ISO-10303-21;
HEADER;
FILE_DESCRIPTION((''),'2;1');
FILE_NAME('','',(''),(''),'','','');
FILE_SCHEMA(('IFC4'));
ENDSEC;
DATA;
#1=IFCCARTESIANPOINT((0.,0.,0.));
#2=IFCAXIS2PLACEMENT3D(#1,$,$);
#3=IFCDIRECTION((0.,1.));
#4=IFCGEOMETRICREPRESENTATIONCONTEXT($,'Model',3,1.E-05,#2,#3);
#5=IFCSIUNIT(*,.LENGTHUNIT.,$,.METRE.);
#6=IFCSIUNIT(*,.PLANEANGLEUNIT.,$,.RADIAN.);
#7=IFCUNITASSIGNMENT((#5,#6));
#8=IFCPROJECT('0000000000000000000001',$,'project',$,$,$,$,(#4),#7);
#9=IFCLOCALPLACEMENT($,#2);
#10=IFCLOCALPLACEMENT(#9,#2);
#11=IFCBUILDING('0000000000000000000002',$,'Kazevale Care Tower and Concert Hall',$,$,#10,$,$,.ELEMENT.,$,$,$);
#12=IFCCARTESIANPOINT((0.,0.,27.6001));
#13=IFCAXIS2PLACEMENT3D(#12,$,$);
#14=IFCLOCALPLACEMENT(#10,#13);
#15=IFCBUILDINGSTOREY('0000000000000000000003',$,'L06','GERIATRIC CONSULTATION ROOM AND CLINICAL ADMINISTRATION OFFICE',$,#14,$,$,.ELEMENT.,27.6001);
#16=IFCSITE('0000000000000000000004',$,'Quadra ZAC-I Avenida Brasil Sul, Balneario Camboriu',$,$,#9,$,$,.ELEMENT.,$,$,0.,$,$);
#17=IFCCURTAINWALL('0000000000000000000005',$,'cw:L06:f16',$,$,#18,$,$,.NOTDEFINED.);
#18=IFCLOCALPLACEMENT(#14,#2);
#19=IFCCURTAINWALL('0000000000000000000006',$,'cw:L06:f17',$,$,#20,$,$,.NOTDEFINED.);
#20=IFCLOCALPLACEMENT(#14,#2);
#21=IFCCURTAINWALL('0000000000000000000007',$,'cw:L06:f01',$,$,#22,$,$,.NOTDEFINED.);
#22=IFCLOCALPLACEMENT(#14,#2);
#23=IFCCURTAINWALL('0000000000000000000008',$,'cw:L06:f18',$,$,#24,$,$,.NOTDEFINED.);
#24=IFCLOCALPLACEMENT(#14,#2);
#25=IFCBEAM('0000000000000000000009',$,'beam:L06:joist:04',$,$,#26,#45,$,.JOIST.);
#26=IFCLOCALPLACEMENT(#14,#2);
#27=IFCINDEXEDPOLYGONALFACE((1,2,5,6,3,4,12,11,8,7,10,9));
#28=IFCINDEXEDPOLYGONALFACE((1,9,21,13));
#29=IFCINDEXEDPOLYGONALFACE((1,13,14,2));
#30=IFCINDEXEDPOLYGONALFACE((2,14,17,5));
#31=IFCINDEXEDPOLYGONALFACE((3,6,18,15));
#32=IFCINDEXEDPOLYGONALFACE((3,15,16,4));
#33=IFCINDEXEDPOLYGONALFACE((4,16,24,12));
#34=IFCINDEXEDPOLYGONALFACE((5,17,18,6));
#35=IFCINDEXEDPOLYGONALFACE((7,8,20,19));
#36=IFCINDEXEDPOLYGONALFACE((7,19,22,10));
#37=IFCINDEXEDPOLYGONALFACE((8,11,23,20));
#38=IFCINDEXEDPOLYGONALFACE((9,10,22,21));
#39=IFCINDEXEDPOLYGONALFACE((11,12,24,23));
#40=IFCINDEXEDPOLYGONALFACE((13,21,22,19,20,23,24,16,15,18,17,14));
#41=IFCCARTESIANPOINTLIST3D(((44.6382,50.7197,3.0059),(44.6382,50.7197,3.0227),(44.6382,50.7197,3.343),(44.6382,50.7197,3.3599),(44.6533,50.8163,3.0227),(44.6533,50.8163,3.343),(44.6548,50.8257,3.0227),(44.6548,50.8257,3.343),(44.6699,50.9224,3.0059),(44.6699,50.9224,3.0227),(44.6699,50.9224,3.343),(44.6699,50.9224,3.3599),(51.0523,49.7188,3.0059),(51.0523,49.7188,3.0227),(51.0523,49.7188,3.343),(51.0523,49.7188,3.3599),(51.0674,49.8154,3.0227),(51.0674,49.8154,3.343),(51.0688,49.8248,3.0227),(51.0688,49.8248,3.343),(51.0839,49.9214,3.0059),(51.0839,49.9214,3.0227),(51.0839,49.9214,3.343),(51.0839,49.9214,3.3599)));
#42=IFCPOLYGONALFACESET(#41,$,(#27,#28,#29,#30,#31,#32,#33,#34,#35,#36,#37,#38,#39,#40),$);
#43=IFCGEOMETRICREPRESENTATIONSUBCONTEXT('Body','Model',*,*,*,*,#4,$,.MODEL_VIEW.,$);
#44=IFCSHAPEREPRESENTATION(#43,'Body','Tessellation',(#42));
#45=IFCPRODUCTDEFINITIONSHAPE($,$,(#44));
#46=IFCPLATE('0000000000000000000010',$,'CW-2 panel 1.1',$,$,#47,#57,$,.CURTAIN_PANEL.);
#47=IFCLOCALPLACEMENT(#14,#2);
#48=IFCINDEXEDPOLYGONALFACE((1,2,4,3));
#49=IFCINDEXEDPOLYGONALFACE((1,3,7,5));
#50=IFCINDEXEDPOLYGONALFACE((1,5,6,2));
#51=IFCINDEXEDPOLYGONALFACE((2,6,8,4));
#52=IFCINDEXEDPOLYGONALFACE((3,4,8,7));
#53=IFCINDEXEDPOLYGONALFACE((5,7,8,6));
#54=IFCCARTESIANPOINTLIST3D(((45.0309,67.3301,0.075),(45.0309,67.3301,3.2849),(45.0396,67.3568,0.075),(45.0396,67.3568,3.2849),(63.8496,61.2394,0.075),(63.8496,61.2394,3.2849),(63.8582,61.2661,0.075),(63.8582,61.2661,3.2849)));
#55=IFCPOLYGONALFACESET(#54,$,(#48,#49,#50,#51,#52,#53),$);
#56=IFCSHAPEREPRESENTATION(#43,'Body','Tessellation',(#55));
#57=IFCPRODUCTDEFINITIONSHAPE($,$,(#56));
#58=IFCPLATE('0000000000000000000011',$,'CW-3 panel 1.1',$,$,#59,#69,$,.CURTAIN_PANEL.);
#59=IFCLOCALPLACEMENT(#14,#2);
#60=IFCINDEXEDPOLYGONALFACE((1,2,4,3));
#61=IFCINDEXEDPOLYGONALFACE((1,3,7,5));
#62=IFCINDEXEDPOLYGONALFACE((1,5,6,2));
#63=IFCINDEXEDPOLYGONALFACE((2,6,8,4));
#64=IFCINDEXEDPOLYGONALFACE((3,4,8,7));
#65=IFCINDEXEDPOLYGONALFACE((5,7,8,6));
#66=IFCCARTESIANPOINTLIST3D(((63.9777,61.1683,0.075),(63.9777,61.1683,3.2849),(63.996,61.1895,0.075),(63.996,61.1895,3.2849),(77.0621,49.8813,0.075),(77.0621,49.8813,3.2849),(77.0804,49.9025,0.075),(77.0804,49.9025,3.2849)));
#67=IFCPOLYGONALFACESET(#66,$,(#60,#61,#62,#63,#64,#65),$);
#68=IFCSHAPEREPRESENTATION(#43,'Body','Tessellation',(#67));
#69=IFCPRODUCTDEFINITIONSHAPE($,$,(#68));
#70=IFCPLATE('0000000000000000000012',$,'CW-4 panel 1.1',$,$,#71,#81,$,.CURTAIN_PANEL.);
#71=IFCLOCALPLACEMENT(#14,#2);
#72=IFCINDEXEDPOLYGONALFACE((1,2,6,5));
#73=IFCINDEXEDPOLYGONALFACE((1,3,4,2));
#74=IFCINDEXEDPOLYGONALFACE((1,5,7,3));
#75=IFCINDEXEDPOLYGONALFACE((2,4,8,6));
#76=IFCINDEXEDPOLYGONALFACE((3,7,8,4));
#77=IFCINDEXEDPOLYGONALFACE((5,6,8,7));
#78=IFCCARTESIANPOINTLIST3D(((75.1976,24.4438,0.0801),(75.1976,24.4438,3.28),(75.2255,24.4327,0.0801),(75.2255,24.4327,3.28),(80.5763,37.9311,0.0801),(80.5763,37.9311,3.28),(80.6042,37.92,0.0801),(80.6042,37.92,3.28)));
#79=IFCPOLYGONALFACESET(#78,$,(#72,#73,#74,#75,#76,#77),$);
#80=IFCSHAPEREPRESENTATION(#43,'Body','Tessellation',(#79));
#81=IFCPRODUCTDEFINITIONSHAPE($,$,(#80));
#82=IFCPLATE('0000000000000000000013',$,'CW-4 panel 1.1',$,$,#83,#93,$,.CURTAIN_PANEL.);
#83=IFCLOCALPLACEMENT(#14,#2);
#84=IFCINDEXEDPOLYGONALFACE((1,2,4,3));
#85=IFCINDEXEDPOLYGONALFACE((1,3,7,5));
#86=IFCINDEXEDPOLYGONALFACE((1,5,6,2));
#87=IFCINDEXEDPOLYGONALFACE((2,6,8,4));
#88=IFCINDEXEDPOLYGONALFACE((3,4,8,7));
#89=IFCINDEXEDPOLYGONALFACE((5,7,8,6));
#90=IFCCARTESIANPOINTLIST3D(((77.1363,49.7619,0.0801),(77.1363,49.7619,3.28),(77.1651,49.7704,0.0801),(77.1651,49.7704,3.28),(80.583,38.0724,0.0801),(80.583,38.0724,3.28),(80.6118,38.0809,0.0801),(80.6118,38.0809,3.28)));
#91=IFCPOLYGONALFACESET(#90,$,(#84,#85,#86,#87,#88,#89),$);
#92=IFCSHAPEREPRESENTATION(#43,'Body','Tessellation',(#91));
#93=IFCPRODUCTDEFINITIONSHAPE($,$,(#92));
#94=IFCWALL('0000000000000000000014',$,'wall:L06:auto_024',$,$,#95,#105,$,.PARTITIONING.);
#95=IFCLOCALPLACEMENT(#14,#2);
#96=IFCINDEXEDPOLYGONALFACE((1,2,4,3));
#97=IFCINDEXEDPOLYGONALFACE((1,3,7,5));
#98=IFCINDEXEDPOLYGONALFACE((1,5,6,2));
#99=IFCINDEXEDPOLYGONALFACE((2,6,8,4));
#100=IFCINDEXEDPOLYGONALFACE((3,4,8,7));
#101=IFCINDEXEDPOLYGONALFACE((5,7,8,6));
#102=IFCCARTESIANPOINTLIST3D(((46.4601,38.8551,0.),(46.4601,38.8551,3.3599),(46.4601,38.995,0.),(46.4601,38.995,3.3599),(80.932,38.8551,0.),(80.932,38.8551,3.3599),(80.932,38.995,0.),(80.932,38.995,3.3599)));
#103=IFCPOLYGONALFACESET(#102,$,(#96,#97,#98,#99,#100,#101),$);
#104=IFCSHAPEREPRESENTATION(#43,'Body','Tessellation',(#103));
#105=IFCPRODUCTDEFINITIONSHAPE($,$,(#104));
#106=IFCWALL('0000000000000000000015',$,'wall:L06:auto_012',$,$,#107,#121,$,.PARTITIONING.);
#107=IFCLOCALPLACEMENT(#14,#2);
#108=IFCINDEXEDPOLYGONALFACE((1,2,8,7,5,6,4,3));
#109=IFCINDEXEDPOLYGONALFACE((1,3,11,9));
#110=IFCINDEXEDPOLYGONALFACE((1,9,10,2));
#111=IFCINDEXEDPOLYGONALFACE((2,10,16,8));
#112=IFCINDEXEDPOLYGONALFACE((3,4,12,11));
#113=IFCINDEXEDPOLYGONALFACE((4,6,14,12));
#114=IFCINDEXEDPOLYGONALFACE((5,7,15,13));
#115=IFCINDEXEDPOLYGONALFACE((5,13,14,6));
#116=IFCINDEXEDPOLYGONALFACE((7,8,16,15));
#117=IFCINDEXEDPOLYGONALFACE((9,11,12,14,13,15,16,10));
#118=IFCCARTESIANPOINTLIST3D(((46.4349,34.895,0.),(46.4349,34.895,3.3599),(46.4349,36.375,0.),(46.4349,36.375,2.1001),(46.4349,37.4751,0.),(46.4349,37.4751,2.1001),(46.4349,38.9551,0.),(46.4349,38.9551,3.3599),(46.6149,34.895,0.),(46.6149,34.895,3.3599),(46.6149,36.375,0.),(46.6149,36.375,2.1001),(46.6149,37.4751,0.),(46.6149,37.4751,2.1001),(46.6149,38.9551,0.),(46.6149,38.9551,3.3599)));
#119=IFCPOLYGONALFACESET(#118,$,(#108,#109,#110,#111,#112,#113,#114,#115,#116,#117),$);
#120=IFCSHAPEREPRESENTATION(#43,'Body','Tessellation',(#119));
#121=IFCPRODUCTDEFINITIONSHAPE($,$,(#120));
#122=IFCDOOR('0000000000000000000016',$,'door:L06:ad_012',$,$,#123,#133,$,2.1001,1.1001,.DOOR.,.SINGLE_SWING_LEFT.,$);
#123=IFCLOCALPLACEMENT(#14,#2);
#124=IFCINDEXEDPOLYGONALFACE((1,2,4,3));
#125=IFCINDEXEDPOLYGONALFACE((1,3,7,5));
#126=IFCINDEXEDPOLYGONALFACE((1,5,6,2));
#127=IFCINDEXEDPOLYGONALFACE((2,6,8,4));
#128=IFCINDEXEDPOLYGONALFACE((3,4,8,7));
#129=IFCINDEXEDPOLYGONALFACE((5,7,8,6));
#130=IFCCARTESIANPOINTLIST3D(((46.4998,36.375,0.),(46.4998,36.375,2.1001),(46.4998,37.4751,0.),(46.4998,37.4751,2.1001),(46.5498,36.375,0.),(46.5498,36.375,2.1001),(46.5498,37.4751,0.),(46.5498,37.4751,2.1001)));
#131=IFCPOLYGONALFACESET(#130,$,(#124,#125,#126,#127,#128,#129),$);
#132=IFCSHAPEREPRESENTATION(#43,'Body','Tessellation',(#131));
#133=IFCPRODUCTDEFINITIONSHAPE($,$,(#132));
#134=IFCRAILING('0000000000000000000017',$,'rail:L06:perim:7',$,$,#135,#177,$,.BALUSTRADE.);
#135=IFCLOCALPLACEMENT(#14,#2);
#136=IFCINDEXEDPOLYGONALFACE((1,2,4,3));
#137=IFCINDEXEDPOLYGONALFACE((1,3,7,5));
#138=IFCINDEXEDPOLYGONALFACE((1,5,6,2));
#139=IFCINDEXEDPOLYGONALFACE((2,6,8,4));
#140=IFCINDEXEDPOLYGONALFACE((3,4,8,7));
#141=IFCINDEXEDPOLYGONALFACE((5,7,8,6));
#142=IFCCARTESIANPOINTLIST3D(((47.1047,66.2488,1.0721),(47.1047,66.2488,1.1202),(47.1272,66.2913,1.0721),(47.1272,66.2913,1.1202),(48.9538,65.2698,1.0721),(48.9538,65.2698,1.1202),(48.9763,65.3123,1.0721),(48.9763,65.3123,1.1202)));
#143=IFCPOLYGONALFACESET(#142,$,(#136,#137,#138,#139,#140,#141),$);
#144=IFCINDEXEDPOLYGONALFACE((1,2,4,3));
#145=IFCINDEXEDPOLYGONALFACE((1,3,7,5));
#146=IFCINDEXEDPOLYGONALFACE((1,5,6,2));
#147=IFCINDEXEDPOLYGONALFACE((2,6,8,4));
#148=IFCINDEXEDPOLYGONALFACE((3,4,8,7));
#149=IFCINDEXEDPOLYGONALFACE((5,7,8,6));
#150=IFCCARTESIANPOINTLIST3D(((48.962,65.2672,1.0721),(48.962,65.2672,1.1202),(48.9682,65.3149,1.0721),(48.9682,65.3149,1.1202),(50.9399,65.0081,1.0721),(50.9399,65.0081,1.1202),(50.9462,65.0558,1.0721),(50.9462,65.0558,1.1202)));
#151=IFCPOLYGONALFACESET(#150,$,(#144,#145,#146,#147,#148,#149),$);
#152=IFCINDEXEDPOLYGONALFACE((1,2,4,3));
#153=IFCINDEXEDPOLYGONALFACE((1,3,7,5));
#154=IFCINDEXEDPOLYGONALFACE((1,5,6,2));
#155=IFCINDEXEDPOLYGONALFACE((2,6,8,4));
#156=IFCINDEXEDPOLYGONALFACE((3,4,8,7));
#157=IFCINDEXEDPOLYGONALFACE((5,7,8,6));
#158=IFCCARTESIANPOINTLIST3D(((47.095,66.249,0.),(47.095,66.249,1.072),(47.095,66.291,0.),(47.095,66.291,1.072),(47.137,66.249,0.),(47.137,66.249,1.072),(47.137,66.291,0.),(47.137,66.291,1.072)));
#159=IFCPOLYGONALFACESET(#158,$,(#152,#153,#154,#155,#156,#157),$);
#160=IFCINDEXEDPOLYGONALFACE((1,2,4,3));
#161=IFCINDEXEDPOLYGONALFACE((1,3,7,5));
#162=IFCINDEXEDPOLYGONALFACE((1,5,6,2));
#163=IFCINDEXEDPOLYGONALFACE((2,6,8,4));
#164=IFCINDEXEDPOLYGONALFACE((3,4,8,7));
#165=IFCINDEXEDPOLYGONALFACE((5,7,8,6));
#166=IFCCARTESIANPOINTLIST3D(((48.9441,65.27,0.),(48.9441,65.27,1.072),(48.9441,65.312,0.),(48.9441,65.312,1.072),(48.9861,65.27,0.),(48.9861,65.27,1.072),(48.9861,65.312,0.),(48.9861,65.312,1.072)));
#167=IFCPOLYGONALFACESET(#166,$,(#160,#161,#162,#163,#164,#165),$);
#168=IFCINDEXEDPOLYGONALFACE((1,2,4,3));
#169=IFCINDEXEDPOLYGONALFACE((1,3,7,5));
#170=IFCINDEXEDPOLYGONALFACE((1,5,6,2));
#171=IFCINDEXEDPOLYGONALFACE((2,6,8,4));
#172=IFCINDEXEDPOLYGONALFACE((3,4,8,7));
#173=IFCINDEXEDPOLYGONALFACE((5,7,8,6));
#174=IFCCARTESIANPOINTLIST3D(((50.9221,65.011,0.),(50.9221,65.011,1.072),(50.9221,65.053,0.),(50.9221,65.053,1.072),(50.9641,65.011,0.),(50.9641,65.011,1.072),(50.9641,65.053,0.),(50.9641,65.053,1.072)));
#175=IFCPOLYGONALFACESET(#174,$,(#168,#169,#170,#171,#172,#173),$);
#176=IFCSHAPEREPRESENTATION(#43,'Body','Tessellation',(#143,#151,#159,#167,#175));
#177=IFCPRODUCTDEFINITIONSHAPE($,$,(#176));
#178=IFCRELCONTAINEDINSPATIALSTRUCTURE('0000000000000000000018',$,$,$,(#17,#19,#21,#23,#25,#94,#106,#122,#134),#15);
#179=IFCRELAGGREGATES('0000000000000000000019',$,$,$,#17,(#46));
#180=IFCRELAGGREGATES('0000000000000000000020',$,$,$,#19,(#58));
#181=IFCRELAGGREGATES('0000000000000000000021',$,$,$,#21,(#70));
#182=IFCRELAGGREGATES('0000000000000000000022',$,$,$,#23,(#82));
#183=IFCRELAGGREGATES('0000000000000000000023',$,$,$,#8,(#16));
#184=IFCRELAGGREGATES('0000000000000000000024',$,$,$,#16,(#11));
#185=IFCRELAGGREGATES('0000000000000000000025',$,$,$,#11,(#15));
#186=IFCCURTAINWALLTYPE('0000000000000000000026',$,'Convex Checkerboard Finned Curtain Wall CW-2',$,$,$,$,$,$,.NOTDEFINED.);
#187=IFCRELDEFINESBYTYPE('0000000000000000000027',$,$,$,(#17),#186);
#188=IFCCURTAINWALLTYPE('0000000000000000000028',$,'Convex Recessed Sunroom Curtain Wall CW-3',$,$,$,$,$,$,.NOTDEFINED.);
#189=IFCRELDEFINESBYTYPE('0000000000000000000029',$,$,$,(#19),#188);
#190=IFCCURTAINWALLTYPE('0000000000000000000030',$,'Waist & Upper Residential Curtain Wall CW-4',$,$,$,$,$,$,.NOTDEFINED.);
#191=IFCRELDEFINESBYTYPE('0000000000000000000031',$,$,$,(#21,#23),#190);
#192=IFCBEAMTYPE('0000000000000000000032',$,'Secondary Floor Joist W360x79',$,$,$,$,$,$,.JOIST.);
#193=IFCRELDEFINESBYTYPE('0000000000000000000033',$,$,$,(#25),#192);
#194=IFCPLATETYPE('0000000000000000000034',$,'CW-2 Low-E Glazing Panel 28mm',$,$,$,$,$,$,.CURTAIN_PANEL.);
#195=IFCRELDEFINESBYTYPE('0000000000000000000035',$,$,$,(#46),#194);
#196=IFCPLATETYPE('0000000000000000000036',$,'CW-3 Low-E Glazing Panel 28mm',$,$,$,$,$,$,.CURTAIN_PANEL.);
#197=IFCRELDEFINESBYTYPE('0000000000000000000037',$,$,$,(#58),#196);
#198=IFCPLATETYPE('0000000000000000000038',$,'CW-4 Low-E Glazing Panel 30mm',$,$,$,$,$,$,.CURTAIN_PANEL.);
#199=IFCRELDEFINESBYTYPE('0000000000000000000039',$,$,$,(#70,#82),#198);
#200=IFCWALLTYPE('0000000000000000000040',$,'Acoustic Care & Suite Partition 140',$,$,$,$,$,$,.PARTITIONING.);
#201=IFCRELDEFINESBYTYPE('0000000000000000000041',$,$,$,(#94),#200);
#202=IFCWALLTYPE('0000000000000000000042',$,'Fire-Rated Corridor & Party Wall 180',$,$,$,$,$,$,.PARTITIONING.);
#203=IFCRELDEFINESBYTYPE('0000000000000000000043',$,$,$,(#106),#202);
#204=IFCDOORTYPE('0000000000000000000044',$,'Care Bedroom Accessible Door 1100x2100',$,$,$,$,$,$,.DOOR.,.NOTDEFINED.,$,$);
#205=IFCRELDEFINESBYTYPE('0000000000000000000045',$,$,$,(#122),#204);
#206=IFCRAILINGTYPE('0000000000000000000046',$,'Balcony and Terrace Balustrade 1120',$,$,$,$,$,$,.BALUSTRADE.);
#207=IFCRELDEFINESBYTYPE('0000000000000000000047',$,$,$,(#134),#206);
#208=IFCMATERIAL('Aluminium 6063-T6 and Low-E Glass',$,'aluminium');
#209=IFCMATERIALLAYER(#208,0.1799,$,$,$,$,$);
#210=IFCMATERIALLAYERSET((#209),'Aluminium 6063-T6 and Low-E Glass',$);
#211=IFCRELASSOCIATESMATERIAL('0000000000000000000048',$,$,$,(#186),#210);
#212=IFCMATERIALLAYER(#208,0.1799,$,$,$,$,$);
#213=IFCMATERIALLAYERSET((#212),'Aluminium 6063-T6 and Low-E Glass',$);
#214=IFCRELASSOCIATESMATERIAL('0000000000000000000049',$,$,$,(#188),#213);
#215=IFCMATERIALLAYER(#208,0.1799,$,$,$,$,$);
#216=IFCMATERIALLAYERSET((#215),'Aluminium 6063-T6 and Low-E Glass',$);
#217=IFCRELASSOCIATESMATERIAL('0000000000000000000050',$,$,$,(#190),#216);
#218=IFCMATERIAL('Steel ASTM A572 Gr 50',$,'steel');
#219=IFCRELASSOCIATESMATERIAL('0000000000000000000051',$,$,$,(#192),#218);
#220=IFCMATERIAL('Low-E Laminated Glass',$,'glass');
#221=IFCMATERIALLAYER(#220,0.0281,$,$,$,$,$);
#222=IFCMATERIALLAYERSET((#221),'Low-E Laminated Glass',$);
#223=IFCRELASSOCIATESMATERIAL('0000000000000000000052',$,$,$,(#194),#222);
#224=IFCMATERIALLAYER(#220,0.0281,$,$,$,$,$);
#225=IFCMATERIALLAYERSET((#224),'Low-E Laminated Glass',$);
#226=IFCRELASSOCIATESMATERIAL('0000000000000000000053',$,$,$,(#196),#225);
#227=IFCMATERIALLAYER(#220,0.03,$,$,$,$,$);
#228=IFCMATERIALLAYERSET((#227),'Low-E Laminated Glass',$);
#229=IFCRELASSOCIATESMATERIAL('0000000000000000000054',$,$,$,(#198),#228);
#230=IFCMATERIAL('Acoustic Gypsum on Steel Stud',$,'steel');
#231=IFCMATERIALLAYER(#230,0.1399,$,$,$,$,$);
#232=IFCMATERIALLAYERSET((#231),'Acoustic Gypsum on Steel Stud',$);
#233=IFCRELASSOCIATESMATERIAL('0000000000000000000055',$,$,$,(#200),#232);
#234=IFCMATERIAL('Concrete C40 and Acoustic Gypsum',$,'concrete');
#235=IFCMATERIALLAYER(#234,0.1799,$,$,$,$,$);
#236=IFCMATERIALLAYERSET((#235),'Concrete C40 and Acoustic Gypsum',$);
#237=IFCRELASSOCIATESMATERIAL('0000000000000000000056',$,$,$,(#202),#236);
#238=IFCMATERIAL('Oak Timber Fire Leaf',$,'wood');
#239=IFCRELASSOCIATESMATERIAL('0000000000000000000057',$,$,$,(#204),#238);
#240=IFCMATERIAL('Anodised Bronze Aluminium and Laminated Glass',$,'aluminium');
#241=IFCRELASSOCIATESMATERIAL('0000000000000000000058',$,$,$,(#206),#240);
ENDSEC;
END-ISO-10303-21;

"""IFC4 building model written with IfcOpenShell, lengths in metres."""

from ifc_helpers import new_model, si_unit, direction, frame, frame_2d, origin, origin_2d, place, context, subcontext, project, spatial, rectangle, i_section, extrude, material, layer, layer_set, material_profile, profile_set, type_object, element, fill, aggregate, save


model = new_model("IFC4")

# Units and contexts
model_context = context("Model", 3, precision=1e-05, world=origin(), true_north=direction((0.0, 1.0)))
body_context = subcontext(model_context, "Body", "Model", "MODEL_VIEW")
ifc_project = project(units=[si_unit("LENGTHUNIT", "METRE"), si_unit("PLANEANGLEUNIT", "RADIAN")], contexts=[model_context])

# Site, building, storey
site_placement = place(None, origin())
site = spatial("IfcSite", under=ifc_project, at=site_placement, Name="Quadra ZAC-I Avenida Brasil Sul, Balneario Camboriu", CompositionType="ELEMENT", RefElevation=0.0)
building_placement = place(site_placement, origin())
building = spatial("IfcBuilding", under=site, at=building_placement, Name="Kazevale Care Tower and Concert Hall", CompositionType="ELEMENT")
storey_placement = place(building_placement, frame((0.0, 0.0, 27.6001)))
storey = spatial("IfcBuildingStorey", under=building, at=storey_placement, Name="L06", Description="GERIATRIC CONSULTATION ROOM AND CLINICAL ADMINISTRATION OFFICE", CompositionType="ELEMENT", Elevation=27.6001)

# Curtain wall
ifc_material_1 = material(Name="Aluminium 6063-T6 and Low-E Glass", Category="aluminium")
ifc_layer_1 = layer(ifc_material_1, 0.1799)
ifc_layer_set_1 = layer_set([ifc_layer_1], Name="Aluminium 6063-T6 and Low-E Glass")
curtain_wall_type_1 = type_object("IfcCurtainWallType", Name="Convex Checkerboard Finned Curtain Wall CW-2", PredefinedType="NOTDEFINED", material=ifc_layer_set_1)
curtain_wall_1_placement = place(storey_placement, origin())
curtain_wall_1 = element("IfcCurtainWall", 1, at=curtain_wall_1_placement, inside=storey, type_object=curtain_wall_type_1, Name="cw:L06:f16", PredefinedType="NOTDEFINED")

# Curtain wall
ifc_layer_2 = layer(ifc_material_1, 0.1799)
ifc_layer_set_2 = layer_set([ifc_layer_2], Name="Aluminium 6063-T6 and Low-E Glass")
curtain_wall_type_2 = type_object("IfcCurtainWallType", Name="Convex Recessed Sunroom Curtain Wall CW-3", PredefinedType="NOTDEFINED", material=ifc_layer_set_2)
curtain_wall_2_placement = place(storey_placement, origin())
curtain_wall_2 = element("IfcCurtainWall", 2, at=curtain_wall_2_placement, inside=storey, type_object=curtain_wall_type_2, Name="cw:L06:f17", PredefinedType="NOTDEFINED")

# Curtain wall
ifc_layer_3 = layer(ifc_material_1, 0.1799)
ifc_layer_set_3 = layer_set([ifc_layer_3], Name="Aluminium 6063-T6 and Low-E Glass")
curtain_wall_type_3 = type_object("IfcCurtainWallType", Name="Waist & Upper Residential Curtain Wall CW-4", PredefinedType="NOTDEFINED", material=ifc_layer_set_3)
curtain_wall_3_placement = place(storey_placement, origin())
curtain_wall_3 = element("IfcCurtainWall", 3, at=curtain_wall_3_placement, inside=storey, type_object=curtain_wall_type_3, Name="cw:L06:f01", PredefinedType="NOTDEFINED")

# Curtain wall
curtain_wall_4_placement = place(storey_placement, origin())
curtain_wall_4 = element("IfcCurtainWall", 4, at=curtain_wall_4_placement, inside=storey, type_object=curtain_wall_type_3, Name="cw:L06:f18", PredefinedType="NOTDEFINED")

# Beam
ifc_material_2 = material(Name="Steel ASTM A572 Gr 50", Category="steel")
ifc_material_profile_1 = material_profile(ifc_material_2, i_section(OverallWidth=0.2051, OverallDepth=0.354, WebThickness=0.0095, FlangeThickness=0.0168, at=origin_2d()), Name="W360x79")
ifc_profile_set_1 = profile_set([ifc_material_profile_1], Name="Steel ASTM A572 Gr 50")
beam_type_1 = type_object("IfcBeamType", Name="Secondary Floor Joist W360x79", PredefinedType="JOIST", material=ifc_profile_set_1)
beam_1_placement = place(storey_placement, frame((51.0681, 49.8201, 3.1829), z_axis=(-0.988041, 0.154193, 0.0), x_axis=(-0.154193, -0.988041, 0.0)))
element("IfcBeam", 5, at=beam_1_placement, inside=storey, type_object=beam_type_1, Name="beam:L06:joist:04", PredefinedType="JOIST", context=body_context, shape_type="SweptSolid", body=[
    extrude(i_section(OverallWidth=0.2051, OverallDepth=0.354, WebThickness=0.0095, FlangeThickness=0.0168, at=origin_2d()), origin(), (0.0, 0.0, 1.0), 6.4917),
])

# Plates
ifc_material_3 = material(Name="Low-E Laminated Glass", Category="glass")
ifc_layer_4 = layer(ifc_material_3, 0.0281)
ifc_layer_set_4 = layer_set([ifc_layer_4], Name="Low-E Laminated Glass")
plate_type_1 = type_object("IfcPlateType", Name="CW-2 Low-E Glazing Panel 28mm", PredefinedType="CURTAIN_PANEL", material=ifc_layer_set_4)
plate_1_placement = place(storey_placement, frame((54.4446, 64.2981, 0.075), z_axis=(0.0, 0.0, 1.0), x_axis=(0.95141, -0.307926, 0.0)))
plate_1 = element("IfcPlate", 6, at=plate_1_placement, type_object=plate_type_1, Name="CW-2 panel 1.1", PredefinedType="CURTAIN_PANEL", context=body_context, shape_type="SweptSolid", body=[
    extrude(rectangle(XDim=19.7798, YDim=0.0281, at=origin_2d()), origin(), (0.0, 0.0, 1.0), 3.21),
])
aggregate(curtain_wall_1, [plate_1])
ifc_layer_5 = layer(ifc_material_3, 0.0281)
ifc_layer_set_5 = layer_set([ifc_layer_5], Name="Low-E Laminated Glass")
plate_type_2 = type_object("IfcPlateType", Name="CW-3 Low-E Glazing Panel 28mm", PredefinedType="CURTAIN_PANEL", material=ifc_layer_set_5)
plate_2_placement = place(storey_placement, frame((70.5291, 55.5354, 0.075), z_axis=(0.0, 0.0, 1.0), x_axis=(0.7572, -0.653184, 0.0)))
plate_2 = element("IfcPlate", 7, at=plate_2_placement, type_object=plate_type_2, Name="CW-3 panel 1.1", PredefinedType="CURTAIN_PANEL", context=body_context, shape_type="SweptSolid", body=[
    extrude(rectangle(XDim=17.28, YDim=0.0281, at=origin_2d()), origin(), (0.0, 0.0, 1.0), 3.21),
])
aggregate(curtain_wall_2, [plate_2])
ifc_layer_6 = layer(ifc_material_3, 0.03)
ifc_layer_set_6 = layer_set([ifc_layer_6], Name="Low-E Laminated Glass")
plate_type_3 = type_object("IfcPlateType", Name="CW-4 Low-E Glazing Panel 30mm", PredefinedType="CURTAIN_PANEL", material=ifc_layer_set_6)
plate_3_placement = place(storey_placement, frame((77.9009, 31.1819, 0.0801), z_axis=(0.0, 0.0, 1.0), x_axis=(-0.370427, -0.928861, 0.0)))
plate_3 = element("IfcPlate", 8, at=plate_3_placement, type_object=plate_type_3, Name="CW-4 panel 1.1", PredefinedType="CURTAIN_PANEL", context=body_context, shape_type="SweptSolid", body=[
    extrude(rectangle(XDim=14.5203, YDim=0.03, at=origin_2d()), origin(), (0.0, 0.0, 1.0), 3.2),
])
aggregate(curtain_wall_3, [plate_3])
plate_4_placement = place(storey_placement, frame((78.874, 43.9214, 0.0801), z_axis=(0.0, 0.0, 1.0), x_axis=(0.28282, -0.959173, 0.0)))
plate_4 = element("IfcPlate", 9, at=plate_4_placement, type_object=plate_type_3, Name="CW-4 panel 1.1", PredefinedType="CURTAIN_PANEL", context=body_context, shape_type="SweptSolid", body=[
    extrude(rectangle(XDim=12.187, YDim=0.03, at=origin_2d()), origin(), (0.0, 0.0, 1.0), 3.2),
])
aggregate(curtain_wall_4, [plate_4])

# Wall
ifc_material_4 = material(Name="Acoustic Gypsum on Steel Stud", Category="steel")
ifc_layer_7 = layer(ifc_material_4, 0.1399)
ifc_layer_set_7 = layer_set([ifc_layer_7], Name="Acoustic Gypsum on Steel Stud")
wall_type_1 = type_object("IfcWallType", Name="Acoustic Care & Suite Partition 140", PredefinedType="PARTITIONING", material=ifc_layer_set_7)
wall_1_placement = place(storey_placement, frame((80.9319, 38.925, 0.0), z_axis=(0.0, 0.0, 1.0), x_axis=(-1.0, 0.0, 0.0)))
element("IfcWall", 10, at=wall_1_placement, inside=storey, type_object=wall_type_1, Name="wall:L06:auto_024", PredefinedType="PARTITIONING", context=body_context, shape_type="SweptSolid", body=[
    extrude(rectangle(XDim=34.4719, YDim=0.1399, at=frame_2d((17.2358, 0.0))), origin(), (0.0, 0.0, 1.0), 3.3599),
])

# Wall, opening, door
ifc_material_5 = material(Name="Concrete C40 and Acoustic Gypsum", Category="concrete")
ifc_layer_8 = layer(ifc_material_5, 0.1799)
ifc_layer_set_8 = layer_set([ifc_layer_8], Name="Concrete C40 and Acoustic Gypsum")
wall_type_2 = type_object("IfcWallType", Name="Fire-Rated Corridor & Party Wall 180", PredefinedType="PARTITIONING", material=ifc_layer_set_8)
wall_2_placement = place(storey_placement, frame((46.5249, 38.9551, 0.0), z_axis=(0.0, 0.0, 1.0), x_axis=(0.0, -1.0, 0.0)))
wall_2 = element("IfcWall", 11, at=wall_2_placement, inside=storey, type_object=wall_type_2, Name="wall:L06:auto_012", PredefinedType="PARTITIONING", context=body_context, shape_type="SweptSolid", body=[
    extrude(rectangle(XDim=4.0601, YDim=0.1799, at=frame_2d((2.03, 0.0))), origin(), (0.0, 0.0, 1.0), 3.3599),
])
opening_placement = place(wall_2_placement, frame((1.48, 0.0, 0.0)))
opening = element("IfcOpeningElement", 12, at=opening_placement, cuts=wall_2, PredefinedType="OPENING", context=body_context, shape_type="SweptSolid", body=[
    extrude(rectangle(XDim=1.1001, YDim=2.1001, at=frame_2d((0.55, 1.05))), frame((0.0, 0.0999, 0.0), z_axis=(0.0, -1.0, 0.0), x_axis=(1.0, 0.0, 0.0)), (0.0, 0.0, 1.0), 0.2),
])
ifc_material_6 = material(Name="Oak Timber Fire Leaf", Category="wood")
door_type = type_object("IfcDoorType", Name="Care Bedroom Accessible Door 1100x2100", OperationType="NOTDEFINED", PredefinedType="DOOR", material=ifc_material_6)
door_placement = place(opening_placement, origin())
door = element("IfcDoor", 13, at=door_placement, inside=storey, type_object=door_type, Name="door:L06:ad_012", OperationType="SINGLE_SWING_LEFT", OverallHeight=2.1001, OverallWidth=1.1001, PredefinedType="DOOR", context=body_context, shape_type="SweptSolid", body=[
    extrude(rectangle(XDim=1.1001, YDim=2.1001, at=frame_2d((0.55, 1.05))), frame((0.0, 0.0249, 0.0), z_axis=(0.0, -1.0, 0.0), x_axis=(1.0, 0.0, 0.0)), (0.0, 0.0, 1.0), 0.05),
])
fill(opening, door)

# Railing
ifc_material_7 = material(Name="Anodised Bronze Aluminium and Laminated Glass", Category="aluminium")
railing_type = type_object("IfcRailingType", Name="Balcony and Terrace Balustrade 1120", PredefinedType="BALUSTRADE", material=ifc_material_7)
railing_1_placement = place(storey_placement, frame((47.116, 66.27, 0.0)))
element("IfcRailing", 14, at=railing_1_placement, inside=storey, type_object=railing_type, Name="rail:L06:perim:7", PredefinedType="BALUSTRADE", context=body_context, shape_type="SweptSolid", body=[
    extrude(rectangle(XDim=0.0481, YDim=0.0481, at=origin_2d()), frame((0.0, 0.0, 1.0962), z_axis=(0.883777, -0.467909, 0.0), x_axis=(0.467909, 0.883777, 0.0)), (0.0, 0.0, 1.0), 2.0923),
    extrude(rectangle(XDim=0.0481, YDim=0.0481, at=origin_2d()), frame((1.8491, -0.979, 1.0962), z_axis=(0.991534, -0.129847, 0.0), x_axis=(0.129847, 0.991534, 0.0)), (0.0, 0.0, 1.0), 1.9949),
    extrude(rectangle(XDim=0.042, YDim=0.042, at=origin_2d()), origin(), (0.0, 0.0, 1.0), 1.072),
    extrude(rectangle(XDim=0.042, YDim=0.042, at=origin_2d()), frame((1.8491, -0.979, 0.0)), (0.0, 0.0, 1.0), 1.072),
    extrude(rectangle(XDim=0.042, YDim=0.042, at=origin_2d()), frame((3.8271, -1.238, 0.0)), (0.0, 0.0, 1.0), 1.072),
])

save(model, "model.ifc")
